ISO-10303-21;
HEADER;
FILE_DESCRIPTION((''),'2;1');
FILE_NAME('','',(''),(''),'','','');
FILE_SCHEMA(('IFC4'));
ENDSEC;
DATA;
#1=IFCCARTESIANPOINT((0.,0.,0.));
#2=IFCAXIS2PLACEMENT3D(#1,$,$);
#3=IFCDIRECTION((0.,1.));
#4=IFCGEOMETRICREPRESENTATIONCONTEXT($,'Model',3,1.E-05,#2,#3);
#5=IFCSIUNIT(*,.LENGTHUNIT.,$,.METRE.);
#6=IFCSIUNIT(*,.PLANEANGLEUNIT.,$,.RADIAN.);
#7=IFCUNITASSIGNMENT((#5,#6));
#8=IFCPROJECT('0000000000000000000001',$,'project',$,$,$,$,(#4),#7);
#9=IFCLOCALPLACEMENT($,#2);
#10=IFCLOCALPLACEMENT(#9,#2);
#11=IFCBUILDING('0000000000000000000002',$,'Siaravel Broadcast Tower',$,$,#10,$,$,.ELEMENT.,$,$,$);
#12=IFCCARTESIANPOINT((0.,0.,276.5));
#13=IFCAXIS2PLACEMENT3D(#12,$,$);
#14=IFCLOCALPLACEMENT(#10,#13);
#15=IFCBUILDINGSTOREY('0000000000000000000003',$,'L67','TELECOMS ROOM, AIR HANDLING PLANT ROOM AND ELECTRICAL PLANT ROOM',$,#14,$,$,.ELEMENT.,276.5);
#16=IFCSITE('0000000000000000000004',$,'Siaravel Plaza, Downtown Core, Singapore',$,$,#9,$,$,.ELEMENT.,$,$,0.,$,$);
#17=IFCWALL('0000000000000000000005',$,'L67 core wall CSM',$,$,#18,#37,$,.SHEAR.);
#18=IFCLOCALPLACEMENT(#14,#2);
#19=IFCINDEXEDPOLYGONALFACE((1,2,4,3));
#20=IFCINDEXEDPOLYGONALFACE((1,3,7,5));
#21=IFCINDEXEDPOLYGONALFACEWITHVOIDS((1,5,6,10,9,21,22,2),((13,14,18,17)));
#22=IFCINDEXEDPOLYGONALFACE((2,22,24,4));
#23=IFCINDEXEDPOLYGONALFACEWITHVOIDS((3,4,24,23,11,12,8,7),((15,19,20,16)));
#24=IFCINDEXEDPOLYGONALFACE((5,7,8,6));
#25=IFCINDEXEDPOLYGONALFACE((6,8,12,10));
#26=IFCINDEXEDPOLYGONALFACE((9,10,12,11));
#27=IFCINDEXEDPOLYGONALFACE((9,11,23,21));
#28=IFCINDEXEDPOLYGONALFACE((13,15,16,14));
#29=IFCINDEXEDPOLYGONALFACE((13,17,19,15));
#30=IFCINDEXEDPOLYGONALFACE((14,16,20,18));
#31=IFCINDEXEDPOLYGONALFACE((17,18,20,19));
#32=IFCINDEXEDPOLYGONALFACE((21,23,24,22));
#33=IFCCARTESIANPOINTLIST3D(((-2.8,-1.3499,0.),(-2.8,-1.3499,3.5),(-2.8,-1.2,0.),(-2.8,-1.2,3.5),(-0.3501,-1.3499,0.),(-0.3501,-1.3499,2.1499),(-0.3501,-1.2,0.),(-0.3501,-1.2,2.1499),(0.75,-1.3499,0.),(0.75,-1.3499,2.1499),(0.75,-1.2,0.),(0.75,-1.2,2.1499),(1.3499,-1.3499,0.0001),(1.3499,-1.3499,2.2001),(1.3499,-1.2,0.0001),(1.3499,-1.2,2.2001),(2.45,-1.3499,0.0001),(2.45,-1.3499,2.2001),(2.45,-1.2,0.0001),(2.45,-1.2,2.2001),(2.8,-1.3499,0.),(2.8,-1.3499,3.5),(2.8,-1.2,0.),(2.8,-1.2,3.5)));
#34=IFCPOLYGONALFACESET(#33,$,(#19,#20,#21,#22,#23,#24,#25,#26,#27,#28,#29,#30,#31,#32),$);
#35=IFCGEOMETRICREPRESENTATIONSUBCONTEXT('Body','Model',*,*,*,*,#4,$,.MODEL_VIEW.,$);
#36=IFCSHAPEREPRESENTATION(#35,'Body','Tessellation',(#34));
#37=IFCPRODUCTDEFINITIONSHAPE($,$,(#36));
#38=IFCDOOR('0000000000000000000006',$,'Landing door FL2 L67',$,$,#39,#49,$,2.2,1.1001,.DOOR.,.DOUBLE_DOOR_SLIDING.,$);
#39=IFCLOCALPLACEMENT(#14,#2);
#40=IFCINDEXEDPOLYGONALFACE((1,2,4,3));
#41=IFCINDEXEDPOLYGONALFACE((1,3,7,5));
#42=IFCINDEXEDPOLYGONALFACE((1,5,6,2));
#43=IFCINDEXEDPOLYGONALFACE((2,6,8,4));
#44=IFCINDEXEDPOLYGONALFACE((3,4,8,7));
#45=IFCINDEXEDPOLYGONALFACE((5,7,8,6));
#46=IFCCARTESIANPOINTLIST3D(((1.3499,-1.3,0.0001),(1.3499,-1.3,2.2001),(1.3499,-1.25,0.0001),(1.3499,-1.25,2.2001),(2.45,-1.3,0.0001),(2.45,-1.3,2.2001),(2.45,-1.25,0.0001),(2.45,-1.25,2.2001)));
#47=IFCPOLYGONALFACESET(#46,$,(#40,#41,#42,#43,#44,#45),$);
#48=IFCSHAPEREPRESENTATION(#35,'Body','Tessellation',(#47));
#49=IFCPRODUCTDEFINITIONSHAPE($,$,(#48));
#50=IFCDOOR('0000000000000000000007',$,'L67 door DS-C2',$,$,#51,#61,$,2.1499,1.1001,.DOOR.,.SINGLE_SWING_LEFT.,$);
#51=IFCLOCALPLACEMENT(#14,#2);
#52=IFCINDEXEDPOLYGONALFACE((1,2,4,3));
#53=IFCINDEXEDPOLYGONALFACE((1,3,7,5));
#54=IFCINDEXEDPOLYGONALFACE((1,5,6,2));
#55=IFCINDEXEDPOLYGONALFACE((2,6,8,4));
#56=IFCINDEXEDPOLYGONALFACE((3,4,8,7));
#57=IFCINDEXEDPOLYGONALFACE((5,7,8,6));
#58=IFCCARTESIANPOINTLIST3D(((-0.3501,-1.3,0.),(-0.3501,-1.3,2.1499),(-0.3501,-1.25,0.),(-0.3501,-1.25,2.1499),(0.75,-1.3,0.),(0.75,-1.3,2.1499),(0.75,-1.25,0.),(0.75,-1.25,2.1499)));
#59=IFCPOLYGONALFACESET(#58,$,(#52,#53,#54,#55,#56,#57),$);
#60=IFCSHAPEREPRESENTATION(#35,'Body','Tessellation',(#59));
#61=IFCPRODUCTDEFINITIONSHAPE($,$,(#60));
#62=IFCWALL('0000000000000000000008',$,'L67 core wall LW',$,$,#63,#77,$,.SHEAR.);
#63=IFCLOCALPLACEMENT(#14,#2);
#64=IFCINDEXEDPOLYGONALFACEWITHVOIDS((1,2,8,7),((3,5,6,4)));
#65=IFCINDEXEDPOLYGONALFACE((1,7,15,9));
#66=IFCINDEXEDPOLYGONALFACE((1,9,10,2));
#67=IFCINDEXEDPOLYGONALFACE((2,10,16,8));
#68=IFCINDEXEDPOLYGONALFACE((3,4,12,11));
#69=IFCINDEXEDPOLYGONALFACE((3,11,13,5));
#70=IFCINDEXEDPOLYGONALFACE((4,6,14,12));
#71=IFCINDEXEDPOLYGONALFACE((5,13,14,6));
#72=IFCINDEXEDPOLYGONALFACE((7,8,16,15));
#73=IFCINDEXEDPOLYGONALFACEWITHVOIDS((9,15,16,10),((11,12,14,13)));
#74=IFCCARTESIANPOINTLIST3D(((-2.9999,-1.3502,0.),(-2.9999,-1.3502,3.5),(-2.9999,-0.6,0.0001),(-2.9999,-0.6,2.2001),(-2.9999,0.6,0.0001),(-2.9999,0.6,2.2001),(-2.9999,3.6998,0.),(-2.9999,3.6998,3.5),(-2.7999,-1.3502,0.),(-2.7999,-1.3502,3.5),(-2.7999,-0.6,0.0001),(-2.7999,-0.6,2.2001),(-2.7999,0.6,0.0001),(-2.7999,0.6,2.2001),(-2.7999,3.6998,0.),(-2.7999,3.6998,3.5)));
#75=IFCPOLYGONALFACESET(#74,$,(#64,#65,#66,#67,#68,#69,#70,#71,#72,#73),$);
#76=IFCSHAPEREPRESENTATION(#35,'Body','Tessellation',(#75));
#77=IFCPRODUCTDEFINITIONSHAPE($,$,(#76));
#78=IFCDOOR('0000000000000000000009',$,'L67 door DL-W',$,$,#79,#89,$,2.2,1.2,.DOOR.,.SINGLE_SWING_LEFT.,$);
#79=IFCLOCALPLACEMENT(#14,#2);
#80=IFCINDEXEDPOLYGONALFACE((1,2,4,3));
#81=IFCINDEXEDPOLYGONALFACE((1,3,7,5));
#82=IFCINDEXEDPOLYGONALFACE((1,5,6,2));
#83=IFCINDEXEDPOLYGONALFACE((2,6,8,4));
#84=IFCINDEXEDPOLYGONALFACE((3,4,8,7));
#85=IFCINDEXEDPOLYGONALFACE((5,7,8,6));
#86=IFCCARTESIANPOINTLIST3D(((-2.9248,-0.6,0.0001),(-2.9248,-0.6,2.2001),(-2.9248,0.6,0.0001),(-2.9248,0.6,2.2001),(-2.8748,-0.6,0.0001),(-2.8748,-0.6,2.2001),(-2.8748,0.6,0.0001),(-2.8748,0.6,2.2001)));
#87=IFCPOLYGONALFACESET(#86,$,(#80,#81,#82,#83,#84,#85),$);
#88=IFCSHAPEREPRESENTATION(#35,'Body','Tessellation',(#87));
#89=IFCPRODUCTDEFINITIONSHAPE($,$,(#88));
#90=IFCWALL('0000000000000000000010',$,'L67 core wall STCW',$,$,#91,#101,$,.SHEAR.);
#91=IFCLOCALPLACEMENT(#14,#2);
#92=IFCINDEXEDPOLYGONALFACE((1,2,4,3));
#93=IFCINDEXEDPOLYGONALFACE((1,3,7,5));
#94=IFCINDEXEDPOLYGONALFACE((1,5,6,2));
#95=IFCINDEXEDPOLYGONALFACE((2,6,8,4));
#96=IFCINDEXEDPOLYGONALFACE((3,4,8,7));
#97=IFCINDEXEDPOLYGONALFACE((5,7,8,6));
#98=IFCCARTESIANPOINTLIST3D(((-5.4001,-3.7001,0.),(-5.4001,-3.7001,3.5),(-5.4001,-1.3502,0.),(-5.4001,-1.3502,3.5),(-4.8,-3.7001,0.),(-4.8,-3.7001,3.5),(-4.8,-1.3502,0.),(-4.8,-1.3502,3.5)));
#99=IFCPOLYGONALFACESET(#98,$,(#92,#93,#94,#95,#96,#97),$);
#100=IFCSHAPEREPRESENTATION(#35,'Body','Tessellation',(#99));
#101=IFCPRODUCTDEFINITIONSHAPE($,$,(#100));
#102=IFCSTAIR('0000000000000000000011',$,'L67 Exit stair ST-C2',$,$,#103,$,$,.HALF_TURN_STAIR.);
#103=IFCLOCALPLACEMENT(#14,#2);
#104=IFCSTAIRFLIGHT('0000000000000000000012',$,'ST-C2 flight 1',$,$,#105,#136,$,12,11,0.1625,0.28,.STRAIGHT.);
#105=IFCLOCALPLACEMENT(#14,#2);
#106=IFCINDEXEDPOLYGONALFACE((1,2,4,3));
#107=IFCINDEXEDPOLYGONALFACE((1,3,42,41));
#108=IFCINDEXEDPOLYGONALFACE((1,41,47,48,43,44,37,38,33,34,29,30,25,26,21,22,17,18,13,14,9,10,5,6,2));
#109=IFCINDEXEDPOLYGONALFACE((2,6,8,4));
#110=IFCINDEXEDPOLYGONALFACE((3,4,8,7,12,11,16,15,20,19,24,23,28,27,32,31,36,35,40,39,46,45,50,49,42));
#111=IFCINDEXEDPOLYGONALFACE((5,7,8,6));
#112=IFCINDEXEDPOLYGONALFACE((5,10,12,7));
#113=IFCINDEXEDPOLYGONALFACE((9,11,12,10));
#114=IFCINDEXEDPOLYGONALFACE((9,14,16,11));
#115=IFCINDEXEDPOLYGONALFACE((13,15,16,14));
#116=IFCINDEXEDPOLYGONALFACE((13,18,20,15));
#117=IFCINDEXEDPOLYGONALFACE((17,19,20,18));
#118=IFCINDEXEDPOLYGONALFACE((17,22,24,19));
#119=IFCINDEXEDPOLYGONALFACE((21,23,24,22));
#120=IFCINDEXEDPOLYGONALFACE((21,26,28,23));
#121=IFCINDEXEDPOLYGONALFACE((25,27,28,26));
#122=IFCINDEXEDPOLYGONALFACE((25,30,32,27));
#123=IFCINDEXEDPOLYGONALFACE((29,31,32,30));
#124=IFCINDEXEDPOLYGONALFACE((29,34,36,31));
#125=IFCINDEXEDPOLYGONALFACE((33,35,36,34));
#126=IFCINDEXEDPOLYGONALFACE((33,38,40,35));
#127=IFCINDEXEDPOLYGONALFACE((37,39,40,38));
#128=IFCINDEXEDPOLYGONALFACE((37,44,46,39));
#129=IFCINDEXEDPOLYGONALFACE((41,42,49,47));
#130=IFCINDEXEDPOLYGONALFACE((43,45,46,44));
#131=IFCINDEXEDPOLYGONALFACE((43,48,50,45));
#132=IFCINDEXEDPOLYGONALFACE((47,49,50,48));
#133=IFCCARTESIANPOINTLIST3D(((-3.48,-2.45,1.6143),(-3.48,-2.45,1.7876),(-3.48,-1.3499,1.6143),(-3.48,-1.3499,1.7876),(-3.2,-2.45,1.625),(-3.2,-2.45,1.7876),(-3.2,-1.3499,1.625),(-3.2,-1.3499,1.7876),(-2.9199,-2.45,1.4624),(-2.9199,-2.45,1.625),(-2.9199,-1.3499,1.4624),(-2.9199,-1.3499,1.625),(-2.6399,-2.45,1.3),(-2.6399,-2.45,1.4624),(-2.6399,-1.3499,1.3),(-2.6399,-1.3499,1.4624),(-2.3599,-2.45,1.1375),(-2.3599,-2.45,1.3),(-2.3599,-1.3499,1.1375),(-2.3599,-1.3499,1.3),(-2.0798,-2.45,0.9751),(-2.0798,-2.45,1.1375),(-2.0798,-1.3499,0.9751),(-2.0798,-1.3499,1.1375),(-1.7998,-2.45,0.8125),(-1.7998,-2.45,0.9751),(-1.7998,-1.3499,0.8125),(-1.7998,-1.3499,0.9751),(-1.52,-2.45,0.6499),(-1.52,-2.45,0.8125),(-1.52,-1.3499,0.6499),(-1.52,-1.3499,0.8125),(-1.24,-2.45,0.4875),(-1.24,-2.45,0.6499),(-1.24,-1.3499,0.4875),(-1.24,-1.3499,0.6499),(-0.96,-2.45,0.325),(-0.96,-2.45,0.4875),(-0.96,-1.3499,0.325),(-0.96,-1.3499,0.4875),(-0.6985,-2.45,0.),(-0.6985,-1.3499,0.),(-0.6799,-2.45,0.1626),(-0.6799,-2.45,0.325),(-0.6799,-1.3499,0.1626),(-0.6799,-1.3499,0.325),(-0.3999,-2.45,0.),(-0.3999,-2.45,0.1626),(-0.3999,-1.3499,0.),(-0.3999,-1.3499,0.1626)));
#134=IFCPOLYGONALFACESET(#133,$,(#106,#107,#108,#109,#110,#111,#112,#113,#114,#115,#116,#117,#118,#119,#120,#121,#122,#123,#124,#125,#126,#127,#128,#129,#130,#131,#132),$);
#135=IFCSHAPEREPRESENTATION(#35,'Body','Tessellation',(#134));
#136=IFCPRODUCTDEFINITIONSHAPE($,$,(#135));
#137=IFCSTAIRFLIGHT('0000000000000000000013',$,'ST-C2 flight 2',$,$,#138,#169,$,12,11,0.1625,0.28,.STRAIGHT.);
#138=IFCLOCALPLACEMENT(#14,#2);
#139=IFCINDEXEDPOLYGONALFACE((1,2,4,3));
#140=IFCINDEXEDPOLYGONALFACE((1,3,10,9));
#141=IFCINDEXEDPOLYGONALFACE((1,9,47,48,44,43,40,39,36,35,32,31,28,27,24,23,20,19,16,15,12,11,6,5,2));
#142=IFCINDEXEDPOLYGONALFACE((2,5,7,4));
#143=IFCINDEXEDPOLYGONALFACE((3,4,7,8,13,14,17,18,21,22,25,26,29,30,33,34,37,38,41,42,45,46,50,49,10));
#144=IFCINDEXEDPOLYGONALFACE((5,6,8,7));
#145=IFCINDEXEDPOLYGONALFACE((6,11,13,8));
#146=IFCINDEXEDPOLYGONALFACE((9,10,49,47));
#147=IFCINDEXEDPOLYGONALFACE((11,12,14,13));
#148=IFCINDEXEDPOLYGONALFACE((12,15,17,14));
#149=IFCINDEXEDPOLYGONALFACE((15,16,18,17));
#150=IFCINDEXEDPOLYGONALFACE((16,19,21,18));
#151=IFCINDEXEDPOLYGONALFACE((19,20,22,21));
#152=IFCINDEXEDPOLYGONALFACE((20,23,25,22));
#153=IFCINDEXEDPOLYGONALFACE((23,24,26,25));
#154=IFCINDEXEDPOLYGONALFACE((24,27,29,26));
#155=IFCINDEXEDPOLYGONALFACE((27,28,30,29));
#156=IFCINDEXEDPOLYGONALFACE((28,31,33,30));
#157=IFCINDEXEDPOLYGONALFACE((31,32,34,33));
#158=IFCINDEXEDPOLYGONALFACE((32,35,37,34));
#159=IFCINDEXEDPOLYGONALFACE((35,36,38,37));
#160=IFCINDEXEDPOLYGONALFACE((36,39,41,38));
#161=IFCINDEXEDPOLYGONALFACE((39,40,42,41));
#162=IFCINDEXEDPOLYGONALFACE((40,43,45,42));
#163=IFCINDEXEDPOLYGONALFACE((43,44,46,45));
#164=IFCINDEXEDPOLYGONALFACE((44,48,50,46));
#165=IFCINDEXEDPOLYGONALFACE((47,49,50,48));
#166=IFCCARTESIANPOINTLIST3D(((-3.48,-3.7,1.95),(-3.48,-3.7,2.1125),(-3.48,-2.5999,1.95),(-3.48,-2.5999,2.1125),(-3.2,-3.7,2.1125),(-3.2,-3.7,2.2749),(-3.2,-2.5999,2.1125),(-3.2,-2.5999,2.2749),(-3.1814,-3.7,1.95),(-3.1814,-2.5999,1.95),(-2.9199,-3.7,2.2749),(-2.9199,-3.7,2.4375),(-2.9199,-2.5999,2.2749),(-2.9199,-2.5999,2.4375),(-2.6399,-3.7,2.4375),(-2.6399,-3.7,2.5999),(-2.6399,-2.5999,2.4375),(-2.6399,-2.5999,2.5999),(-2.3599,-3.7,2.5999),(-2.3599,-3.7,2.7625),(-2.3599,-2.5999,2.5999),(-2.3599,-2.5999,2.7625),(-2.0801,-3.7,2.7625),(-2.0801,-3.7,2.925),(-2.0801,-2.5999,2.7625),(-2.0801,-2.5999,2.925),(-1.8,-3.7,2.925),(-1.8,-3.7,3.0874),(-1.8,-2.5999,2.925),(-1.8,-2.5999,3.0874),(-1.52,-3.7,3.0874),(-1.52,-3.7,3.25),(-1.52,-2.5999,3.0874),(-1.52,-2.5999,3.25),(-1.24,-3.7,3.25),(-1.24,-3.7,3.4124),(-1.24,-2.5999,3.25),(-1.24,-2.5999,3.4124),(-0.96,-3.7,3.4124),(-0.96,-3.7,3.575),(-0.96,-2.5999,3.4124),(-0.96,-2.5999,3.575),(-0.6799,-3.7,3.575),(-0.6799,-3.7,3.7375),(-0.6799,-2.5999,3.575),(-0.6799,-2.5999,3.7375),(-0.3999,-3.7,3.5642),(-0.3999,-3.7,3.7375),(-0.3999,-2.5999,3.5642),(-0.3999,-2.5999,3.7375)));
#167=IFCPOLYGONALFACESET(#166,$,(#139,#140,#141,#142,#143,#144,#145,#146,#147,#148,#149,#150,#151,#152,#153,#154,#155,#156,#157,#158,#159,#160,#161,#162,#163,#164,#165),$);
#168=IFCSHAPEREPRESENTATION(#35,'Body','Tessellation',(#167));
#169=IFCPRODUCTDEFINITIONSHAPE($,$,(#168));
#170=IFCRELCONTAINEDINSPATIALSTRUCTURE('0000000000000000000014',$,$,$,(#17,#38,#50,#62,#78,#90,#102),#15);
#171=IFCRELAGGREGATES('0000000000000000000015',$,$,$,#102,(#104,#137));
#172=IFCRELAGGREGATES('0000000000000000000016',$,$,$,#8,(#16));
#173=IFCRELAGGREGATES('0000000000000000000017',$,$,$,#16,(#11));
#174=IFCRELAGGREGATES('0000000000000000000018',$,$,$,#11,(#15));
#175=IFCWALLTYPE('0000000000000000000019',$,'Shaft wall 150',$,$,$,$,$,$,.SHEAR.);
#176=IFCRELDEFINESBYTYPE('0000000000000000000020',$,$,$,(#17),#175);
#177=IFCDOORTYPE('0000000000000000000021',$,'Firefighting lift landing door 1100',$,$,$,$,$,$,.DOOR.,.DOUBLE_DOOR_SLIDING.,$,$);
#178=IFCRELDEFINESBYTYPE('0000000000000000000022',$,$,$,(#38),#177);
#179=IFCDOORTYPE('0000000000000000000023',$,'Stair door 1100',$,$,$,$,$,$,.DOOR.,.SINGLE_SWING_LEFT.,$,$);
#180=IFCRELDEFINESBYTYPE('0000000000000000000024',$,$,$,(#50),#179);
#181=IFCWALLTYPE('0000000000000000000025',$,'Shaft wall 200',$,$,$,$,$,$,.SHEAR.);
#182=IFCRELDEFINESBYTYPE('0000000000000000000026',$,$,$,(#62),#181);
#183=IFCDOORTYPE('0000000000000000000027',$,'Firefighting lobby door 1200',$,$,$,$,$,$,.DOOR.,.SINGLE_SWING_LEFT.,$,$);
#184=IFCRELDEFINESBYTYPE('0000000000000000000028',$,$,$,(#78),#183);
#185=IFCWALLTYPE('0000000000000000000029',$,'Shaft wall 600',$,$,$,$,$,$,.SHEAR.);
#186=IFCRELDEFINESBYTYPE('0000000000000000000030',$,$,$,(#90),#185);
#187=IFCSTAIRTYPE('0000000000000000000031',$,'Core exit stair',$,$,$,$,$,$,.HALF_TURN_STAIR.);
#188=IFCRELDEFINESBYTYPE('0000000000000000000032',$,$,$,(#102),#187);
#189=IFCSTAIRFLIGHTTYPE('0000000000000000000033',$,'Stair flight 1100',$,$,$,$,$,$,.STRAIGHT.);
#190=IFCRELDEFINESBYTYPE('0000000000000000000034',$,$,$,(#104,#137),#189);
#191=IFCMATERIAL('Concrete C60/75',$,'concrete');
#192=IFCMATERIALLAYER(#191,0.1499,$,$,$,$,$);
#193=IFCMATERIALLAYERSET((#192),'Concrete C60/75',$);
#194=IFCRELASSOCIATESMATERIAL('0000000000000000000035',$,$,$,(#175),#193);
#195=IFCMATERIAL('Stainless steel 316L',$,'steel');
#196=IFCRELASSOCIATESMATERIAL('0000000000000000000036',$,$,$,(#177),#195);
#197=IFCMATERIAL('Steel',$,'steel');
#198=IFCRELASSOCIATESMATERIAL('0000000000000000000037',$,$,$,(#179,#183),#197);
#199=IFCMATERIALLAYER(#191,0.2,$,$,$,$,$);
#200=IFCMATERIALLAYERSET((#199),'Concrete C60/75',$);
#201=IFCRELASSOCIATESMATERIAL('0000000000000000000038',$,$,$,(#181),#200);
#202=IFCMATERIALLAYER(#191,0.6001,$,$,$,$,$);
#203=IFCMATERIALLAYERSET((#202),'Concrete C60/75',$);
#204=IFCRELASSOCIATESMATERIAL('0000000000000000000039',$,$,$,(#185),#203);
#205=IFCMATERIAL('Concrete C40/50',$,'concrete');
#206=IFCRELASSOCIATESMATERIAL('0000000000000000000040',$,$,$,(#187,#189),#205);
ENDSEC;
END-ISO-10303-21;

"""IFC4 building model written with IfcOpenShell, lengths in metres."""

from ifc_helpers import new_model, si_unit, direction, frame, frame_2d, origin, place, context, subcontext, project, spatial, polyline, rectangle, outline, extrude, material, layer, layer_set, type_object, element, fill, aggregate, save


model = new_model("IFC4")

# Units and contexts
model_context = context("Model", 3, precision=1e-05, world=origin(), true_north=direction((0.0, 1.0)))
body_context = subcontext(model_context, "Body", "Model", "MODEL_VIEW")
ifc_project = project(units=[si_unit("LENGTHUNIT", "METRE"), si_unit("PLANEANGLEUNIT", "RADIAN")], contexts=[model_context])

# Site, building, storey
site_placement = place(None, origin())
site = spatial("IfcSite", under=ifc_project, at=site_placement, Name="Siaravel Plaza, Downtown Core, Singapore", CompositionType="ELEMENT", RefElevation=0.0)
building_placement = place(site_placement, origin())
building = spatial("IfcBuilding", under=site, at=building_placement, Name="Siaravel Broadcast Tower", CompositionType="ELEMENT")
storey_placement = place(building_placement, frame((0.0, 0.0, 276.5)))
storey = spatial("IfcBuildingStorey", under=building, at=storey_placement, Name="L67", Description="TELECOMS ROOM, AIR HANDLING PLANT ROOM AND ELECTRICAL PLANT ROOM", CompositionType="ELEMENT", Elevation=276.5)

# Shared definitions
ifc_material_1 = material(Name="Concrete C60/75", Category="concrete")
ifc_material_2 = material(Name="Steel", Category="steel")

# Shared definitions
ifc_layer_1 = layer(ifc_material_1, 0.1499)
ifc_layer_set_1 = layer_set([ifc_layer_1], Name="Concrete C60/75")
wall_type_1 = type_object("IfcWallType", Name="Shaft wall 150", PredefinedType="SHEAR", material=ifc_layer_set_1)

# Wall, openings, doors
wall_1_placement = place(storey_placement, frame((-2.8, -1.2749, 0.0), z_axis=(0.0, 0.0, 1.0), x_axis=(1.0, 0.0, 0.0)))
wall_1 = element("IfcWall", 1, at=wall_1_placement, inside=storey, type_object=wall_type_1, Name="L67 core wall CSM", PredefinedType="SHEAR", context=body_context, shape_type="SweptSolid", body=[
    extrude(rectangle(XDim=5.6001, YDim=0.1499, at=frame_2d((2.8, 0.0))), origin(), (0.0, 0.0, 1.0), 3.5),
])
opening_1_placement = place(wall_1_placement, frame((4.1499, 0.0, 0.0)))
opening_1 = element("IfcOpeningElement", 2, at=opening_1_placement, cuts=wall_1, PredefinedType="OPENING", context=body_context, shape_type="SweptSolid", body=[
    extrude(rectangle(XDim=1.1001, YDim=2.2, at=frame_2d((0.55, 1.1001))), frame((0.0, 0.085, 0.0), z_axis=(0.0, -1.0, 0.0), x_axis=(1.0, 0.0, 0.0)), (0.0, 0.0, 1.0), 0.1699),
])
opening_2_placement = place(wall_1_placement, frame((2.45, 0.0, 0.0)))
opening_2 = element("IfcOpeningElement", 3, at=opening_2_placement, cuts=wall_1, PredefinedType="OPENING", context=body_context, shape_type="SweptSolid", body=[
    extrude(rectangle(XDim=1.1001, YDim=2.1499, at=frame_2d((0.55, 1.075))), frame((0.0, 0.085, 0.0), z_axis=(0.0, -1.0, 0.0), x_axis=(1.0, 0.0, 0.0)), (0.0, 0.0, 1.0), 0.1699),
])
ifc_material_3 = material(Name="Stainless steel 316L", Category="steel")
door_type_1 = type_object("IfcDoorType", Name="Firefighting lift landing door 1100", OperationType="DOUBLE_DOOR_SLIDING", PredefinedType="DOOR", material=ifc_material_3)
door_1_placement = place(opening_1_placement, origin())
door_1 = element("IfcDoor", 4, at=door_1_placement, inside=storey, type_object=door_type_1, Name="Landing door FL2 L67", OperationType="DOUBLE_DOOR_SLIDING", OverallHeight=2.2, OverallWidth=1.1001, PredefinedType="DOOR", context=body_context, shape_type="SweptSolid", body=[
    extrude(rectangle(XDim=1.1001, YDim=2.2, at=frame_2d((0.55, 1.1001))), frame((0.0, 0.0249, 0.0), z_axis=(0.0, -1.0, 0.0), x_axis=(1.0, 0.0, 0.0)), (0.0, 0.0, 1.0), 0.05),
])
fill(opening_1, door_1)
door_type_2 = type_object("IfcDoorType", Name="Stair door 1100", OperationType="SINGLE_SWING_LEFT", PredefinedType="DOOR", material=ifc_material_2)
door_2_placement = place(opening_2_placement, origin())
door_2 = element("IfcDoor", 5, at=door_2_placement, inside=storey, type_object=door_type_2, Name="L67 door DS-C2", OperationType="SINGLE_SWING_LEFT", OverallHeight=2.1499, OverallWidth=1.1001, PredefinedType="DOOR", context=body_context, shape_type="SweptSolid", body=[
    extrude(rectangle(XDim=1.1001, YDim=2.1499, at=frame_2d((0.55, 1.075))), frame((0.0, 0.0249, 0.0), z_axis=(0.0, -1.0, 0.0), x_axis=(1.0, 0.0, 0.0)), (0.0, 0.0, 1.0), 0.05),
])
fill(opening_2, door_2)

# Wall, opening, door
ifc_layer_2 = layer(ifc_material_1, 0.2)
ifc_layer_set_2 = layer_set([ifc_layer_2], Name="Concrete C60/75")
wall_type_2 = type_object("IfcWallType", Name="Shaft wall 200", PredefinedType="SHEAR", material=ifc_layer_set_2)
wall_2_placement = place(storey_placement, frame((-2.8999, -1.3501, 0.0), z_axis=(0.0, 0.0, 1.0), x_axis=(0.0, 1.0, 0.0)))
wall_2 = element("IfcWall", 6, at=wall_2_placement, inside=storey, type_object=wall_type_2, Name="L67 core wall LW", PredefinedType="SHEAR", context=body_context, shape_type="SweptSolid", body=[
    extrude(rectangle(XDim=5.05, YDim=0.2, at=frame_2d((2.5249, 0.0))), origin(), (0.0, 0.0, 1.0), 3.5),
])
opening_3_placement = place(wall_2_placement, frame((0.75, 0.0, 0.0)))
opening_3 = element("IfcOpeningElement", 7, at=opening_3_placement, cuts=wall_2, PredefinedType="OPENING", context=body_context, shape_type="SweptSolid", body=[
    extrude(rectangle(XDim=1.2, YDim=2.2, at=frame_2d((0.6001, 1.1001))), frame((0.0, 0.1099, 0.0), z_axis=(0.0, -1.0, 0.0), x_axis=(1.0, 0.0, 0.0)), (0.0, 0.0, 1.0), 0.22),
])
door_type_3 = type_object("IfcDoorType", Name="Firefighting lobby door 1200", OperationType="SINGLE_SWING_LEFT", PredefinedType="DOOR", material=ifc_material_2)
door_3_placement = place(opening_3_placement, origin())
door_3 = element("IfcDoor", 8, at=door_3_placement, inside=storey, type_object=door_type_3, Name="L67 door DL-W", OperationType="SINGLE_SWING_LEFT", OverallHeight=2.2, OverallWidth=1.2, PredefinedType="DOOR", context=body_context, shape_type="SweptSolid", body=[
    extrude(rectangle(XDim=1.2, YDim=2.2, at=frame_2d((0.6001, 1.1001))), frame((0.0, 0.0249, 0.0), z_axis=(0.0, -1.0, 0.0), x_axis=(1.0, 0.0, 0.0)), (0.0, 0.0, 1.0), 0.05),
])
fill(opening_3, door_3)

# Wall
ifc_layer_3 = layer(ifc_material_1, 0.6001)
ifc_layer_set_3 = layer_set([ifc_layer_3], Name="Concrete C60/75")
wall_type_3 = type_object("IfcWallType", Name="Shaft wall 600", PredefinedType="SHEAR", material=ifc_layer_set_3)
wall_3_placement = place(storey_placement, frame((-5.1001, -3.7, 0.0), z_axis=(0.0, 0.0, 1.0), x_axis=(0.0, 1.0, 0.0)))
element("IfcWall", 9, at=wall_3_placement, inside=storey, type_object=wall_type_3, Name="L67 core wall STCW", PredefinedType="SHEAR", context=body_context, shape_type="SweptSolid", body=[
    extrude(rectangle(XDim=2.3499, YDim=0.6001, at=frame_2d((1.1748, 0.0))), origin(), (0.0, 0.0, 1.0), 3.5),
])

# Stair, stair flights
ifc_material_4 = material(Name="Concrete C40/50", Category="concrete")
stair_type = type_object("IfcStairType", Name="Core exit stair", PredefinedType="HALF_TURN_STAIR", material=ifc_material_4)
stair_placement = place(storey_placement, origin())
stair = element("IfcStair", 10, at=stair_placement, inside=storey, type_object=stair_type, Name="L67 Exit stair ST-C2", PredefinedType="HALF_TURN_STAIR")
stair_flight_type = type_object("IfcStairFlightType", Name="Stair flight 1100", PredefinedType="STRAIGHT", material=ifc_material_4)
stair_flight_1_placement = place(storey_placement, frame((-0.3999, -1.8999, 0.0), z_axis=(0.0, 0.0, 1.0), x_axis=(-1.0, 0.0, 0.0)))
stair_flight_1 = element("IfcStairFlight", 11, at=stair_flight_1_placement, type_object=stair_flight_type, Name="ST-C2 flight 1", NumberOfRisers=12, NumberOfTreads=11, PredefinedType="STRAIGHT", RiserHeight=0.1625, TreadLength=0.28, context=body_context, shape_type="SweptSolid", body=[
    extrude(outline(polyline([(0.0, 0.0), (0.0, 0.1626), (0.28, 0.1626), (0.28, 0.325), (0.5601, 0.325), (0.5601, 0.4875), (0.8401, 0.4875), (0.8401, 0.6499), (1.1201, 0.6499), (1.1201, 0.8125), (1.3999, 0.8125), (1.3999, 0.9751), (1.6799, 0.9751), (1.6799, 1.1375), (1.96, 1.1375), (1.96, 1.3), (2.24, 1.3), (2.24, 1.4624), (2.52, 1.4624), (2.52, 1.625), (2.8, 1.625), (2.8, 1.7876), (3.0801, 1.7876), (3.0801, 1.95), (3.0801, 1.6143), (0.2986, 0.0), (0.0, 0.0)])), frame((0.0, 0.55, 0.0), z_axis=(0.0, -1.0, 0.0), x_axis=(1.0, 0.0, 0.0)), (0.0, 0.0, 1.0), 1.1001),
])
stair_flight_2_placement = place(storey_placement, frame((-3.48, -3.1499, 1.95), z_axis=(0.0, 0.0, 1.0), x_axis=(1.0, 0.0, 0.0)))
stair_flight_2 = element("IfcStairFlight", 12, at=stair_flight_2_placement, type_object=stair_flight_type, Name="ST-C2 flight 2", NumberOfRisers=12, NumberOfTreads=11, PredefinedType="STRAIGHT", RiserHeight=0.1625, TreadLength=0.28, context=body_context, shape_type="SweptSolid", body=[
    extrude(outline(polyline([(0.0, 0.0), (0.0, 0.1626), (0.28, 0.1626), (0.28, 0.325), (0.5601, 0.325), (0.5601, 0.4875), (0.8401, 0.4875), (0.8401, 0.6499), (1.1201, 0.6499), (1.1201, 0.8125), (1.3999, 0.8125), (1.3999, 0.9751), (1.6799, 0.9751), (1.6799, 1.1375), (1.96, 1.1375), (1.96, 1.3), (2.24, 1.3), (2.24, 1.4624), (2.52, 1.4624), (2.52, 1.625), (2.8, 1.625), (2.8, 1.7876), (3.0801, 1.7876), (3.0801, 1.95), (3.0801, 1.6143), (0.2986, 0.0), (0.0, 0.0)])), frame((0.0, 0.55, 0.0), z_axis=(0.0, -1.0, 0.0), x_axis=(1.0, 0.0, 0.0)), (0.0, 0.0, 1.0), 1.1001),
])
aggregate(stair, [stair_flight_1, stair_flight_2])

save(model, "model.ifc")
